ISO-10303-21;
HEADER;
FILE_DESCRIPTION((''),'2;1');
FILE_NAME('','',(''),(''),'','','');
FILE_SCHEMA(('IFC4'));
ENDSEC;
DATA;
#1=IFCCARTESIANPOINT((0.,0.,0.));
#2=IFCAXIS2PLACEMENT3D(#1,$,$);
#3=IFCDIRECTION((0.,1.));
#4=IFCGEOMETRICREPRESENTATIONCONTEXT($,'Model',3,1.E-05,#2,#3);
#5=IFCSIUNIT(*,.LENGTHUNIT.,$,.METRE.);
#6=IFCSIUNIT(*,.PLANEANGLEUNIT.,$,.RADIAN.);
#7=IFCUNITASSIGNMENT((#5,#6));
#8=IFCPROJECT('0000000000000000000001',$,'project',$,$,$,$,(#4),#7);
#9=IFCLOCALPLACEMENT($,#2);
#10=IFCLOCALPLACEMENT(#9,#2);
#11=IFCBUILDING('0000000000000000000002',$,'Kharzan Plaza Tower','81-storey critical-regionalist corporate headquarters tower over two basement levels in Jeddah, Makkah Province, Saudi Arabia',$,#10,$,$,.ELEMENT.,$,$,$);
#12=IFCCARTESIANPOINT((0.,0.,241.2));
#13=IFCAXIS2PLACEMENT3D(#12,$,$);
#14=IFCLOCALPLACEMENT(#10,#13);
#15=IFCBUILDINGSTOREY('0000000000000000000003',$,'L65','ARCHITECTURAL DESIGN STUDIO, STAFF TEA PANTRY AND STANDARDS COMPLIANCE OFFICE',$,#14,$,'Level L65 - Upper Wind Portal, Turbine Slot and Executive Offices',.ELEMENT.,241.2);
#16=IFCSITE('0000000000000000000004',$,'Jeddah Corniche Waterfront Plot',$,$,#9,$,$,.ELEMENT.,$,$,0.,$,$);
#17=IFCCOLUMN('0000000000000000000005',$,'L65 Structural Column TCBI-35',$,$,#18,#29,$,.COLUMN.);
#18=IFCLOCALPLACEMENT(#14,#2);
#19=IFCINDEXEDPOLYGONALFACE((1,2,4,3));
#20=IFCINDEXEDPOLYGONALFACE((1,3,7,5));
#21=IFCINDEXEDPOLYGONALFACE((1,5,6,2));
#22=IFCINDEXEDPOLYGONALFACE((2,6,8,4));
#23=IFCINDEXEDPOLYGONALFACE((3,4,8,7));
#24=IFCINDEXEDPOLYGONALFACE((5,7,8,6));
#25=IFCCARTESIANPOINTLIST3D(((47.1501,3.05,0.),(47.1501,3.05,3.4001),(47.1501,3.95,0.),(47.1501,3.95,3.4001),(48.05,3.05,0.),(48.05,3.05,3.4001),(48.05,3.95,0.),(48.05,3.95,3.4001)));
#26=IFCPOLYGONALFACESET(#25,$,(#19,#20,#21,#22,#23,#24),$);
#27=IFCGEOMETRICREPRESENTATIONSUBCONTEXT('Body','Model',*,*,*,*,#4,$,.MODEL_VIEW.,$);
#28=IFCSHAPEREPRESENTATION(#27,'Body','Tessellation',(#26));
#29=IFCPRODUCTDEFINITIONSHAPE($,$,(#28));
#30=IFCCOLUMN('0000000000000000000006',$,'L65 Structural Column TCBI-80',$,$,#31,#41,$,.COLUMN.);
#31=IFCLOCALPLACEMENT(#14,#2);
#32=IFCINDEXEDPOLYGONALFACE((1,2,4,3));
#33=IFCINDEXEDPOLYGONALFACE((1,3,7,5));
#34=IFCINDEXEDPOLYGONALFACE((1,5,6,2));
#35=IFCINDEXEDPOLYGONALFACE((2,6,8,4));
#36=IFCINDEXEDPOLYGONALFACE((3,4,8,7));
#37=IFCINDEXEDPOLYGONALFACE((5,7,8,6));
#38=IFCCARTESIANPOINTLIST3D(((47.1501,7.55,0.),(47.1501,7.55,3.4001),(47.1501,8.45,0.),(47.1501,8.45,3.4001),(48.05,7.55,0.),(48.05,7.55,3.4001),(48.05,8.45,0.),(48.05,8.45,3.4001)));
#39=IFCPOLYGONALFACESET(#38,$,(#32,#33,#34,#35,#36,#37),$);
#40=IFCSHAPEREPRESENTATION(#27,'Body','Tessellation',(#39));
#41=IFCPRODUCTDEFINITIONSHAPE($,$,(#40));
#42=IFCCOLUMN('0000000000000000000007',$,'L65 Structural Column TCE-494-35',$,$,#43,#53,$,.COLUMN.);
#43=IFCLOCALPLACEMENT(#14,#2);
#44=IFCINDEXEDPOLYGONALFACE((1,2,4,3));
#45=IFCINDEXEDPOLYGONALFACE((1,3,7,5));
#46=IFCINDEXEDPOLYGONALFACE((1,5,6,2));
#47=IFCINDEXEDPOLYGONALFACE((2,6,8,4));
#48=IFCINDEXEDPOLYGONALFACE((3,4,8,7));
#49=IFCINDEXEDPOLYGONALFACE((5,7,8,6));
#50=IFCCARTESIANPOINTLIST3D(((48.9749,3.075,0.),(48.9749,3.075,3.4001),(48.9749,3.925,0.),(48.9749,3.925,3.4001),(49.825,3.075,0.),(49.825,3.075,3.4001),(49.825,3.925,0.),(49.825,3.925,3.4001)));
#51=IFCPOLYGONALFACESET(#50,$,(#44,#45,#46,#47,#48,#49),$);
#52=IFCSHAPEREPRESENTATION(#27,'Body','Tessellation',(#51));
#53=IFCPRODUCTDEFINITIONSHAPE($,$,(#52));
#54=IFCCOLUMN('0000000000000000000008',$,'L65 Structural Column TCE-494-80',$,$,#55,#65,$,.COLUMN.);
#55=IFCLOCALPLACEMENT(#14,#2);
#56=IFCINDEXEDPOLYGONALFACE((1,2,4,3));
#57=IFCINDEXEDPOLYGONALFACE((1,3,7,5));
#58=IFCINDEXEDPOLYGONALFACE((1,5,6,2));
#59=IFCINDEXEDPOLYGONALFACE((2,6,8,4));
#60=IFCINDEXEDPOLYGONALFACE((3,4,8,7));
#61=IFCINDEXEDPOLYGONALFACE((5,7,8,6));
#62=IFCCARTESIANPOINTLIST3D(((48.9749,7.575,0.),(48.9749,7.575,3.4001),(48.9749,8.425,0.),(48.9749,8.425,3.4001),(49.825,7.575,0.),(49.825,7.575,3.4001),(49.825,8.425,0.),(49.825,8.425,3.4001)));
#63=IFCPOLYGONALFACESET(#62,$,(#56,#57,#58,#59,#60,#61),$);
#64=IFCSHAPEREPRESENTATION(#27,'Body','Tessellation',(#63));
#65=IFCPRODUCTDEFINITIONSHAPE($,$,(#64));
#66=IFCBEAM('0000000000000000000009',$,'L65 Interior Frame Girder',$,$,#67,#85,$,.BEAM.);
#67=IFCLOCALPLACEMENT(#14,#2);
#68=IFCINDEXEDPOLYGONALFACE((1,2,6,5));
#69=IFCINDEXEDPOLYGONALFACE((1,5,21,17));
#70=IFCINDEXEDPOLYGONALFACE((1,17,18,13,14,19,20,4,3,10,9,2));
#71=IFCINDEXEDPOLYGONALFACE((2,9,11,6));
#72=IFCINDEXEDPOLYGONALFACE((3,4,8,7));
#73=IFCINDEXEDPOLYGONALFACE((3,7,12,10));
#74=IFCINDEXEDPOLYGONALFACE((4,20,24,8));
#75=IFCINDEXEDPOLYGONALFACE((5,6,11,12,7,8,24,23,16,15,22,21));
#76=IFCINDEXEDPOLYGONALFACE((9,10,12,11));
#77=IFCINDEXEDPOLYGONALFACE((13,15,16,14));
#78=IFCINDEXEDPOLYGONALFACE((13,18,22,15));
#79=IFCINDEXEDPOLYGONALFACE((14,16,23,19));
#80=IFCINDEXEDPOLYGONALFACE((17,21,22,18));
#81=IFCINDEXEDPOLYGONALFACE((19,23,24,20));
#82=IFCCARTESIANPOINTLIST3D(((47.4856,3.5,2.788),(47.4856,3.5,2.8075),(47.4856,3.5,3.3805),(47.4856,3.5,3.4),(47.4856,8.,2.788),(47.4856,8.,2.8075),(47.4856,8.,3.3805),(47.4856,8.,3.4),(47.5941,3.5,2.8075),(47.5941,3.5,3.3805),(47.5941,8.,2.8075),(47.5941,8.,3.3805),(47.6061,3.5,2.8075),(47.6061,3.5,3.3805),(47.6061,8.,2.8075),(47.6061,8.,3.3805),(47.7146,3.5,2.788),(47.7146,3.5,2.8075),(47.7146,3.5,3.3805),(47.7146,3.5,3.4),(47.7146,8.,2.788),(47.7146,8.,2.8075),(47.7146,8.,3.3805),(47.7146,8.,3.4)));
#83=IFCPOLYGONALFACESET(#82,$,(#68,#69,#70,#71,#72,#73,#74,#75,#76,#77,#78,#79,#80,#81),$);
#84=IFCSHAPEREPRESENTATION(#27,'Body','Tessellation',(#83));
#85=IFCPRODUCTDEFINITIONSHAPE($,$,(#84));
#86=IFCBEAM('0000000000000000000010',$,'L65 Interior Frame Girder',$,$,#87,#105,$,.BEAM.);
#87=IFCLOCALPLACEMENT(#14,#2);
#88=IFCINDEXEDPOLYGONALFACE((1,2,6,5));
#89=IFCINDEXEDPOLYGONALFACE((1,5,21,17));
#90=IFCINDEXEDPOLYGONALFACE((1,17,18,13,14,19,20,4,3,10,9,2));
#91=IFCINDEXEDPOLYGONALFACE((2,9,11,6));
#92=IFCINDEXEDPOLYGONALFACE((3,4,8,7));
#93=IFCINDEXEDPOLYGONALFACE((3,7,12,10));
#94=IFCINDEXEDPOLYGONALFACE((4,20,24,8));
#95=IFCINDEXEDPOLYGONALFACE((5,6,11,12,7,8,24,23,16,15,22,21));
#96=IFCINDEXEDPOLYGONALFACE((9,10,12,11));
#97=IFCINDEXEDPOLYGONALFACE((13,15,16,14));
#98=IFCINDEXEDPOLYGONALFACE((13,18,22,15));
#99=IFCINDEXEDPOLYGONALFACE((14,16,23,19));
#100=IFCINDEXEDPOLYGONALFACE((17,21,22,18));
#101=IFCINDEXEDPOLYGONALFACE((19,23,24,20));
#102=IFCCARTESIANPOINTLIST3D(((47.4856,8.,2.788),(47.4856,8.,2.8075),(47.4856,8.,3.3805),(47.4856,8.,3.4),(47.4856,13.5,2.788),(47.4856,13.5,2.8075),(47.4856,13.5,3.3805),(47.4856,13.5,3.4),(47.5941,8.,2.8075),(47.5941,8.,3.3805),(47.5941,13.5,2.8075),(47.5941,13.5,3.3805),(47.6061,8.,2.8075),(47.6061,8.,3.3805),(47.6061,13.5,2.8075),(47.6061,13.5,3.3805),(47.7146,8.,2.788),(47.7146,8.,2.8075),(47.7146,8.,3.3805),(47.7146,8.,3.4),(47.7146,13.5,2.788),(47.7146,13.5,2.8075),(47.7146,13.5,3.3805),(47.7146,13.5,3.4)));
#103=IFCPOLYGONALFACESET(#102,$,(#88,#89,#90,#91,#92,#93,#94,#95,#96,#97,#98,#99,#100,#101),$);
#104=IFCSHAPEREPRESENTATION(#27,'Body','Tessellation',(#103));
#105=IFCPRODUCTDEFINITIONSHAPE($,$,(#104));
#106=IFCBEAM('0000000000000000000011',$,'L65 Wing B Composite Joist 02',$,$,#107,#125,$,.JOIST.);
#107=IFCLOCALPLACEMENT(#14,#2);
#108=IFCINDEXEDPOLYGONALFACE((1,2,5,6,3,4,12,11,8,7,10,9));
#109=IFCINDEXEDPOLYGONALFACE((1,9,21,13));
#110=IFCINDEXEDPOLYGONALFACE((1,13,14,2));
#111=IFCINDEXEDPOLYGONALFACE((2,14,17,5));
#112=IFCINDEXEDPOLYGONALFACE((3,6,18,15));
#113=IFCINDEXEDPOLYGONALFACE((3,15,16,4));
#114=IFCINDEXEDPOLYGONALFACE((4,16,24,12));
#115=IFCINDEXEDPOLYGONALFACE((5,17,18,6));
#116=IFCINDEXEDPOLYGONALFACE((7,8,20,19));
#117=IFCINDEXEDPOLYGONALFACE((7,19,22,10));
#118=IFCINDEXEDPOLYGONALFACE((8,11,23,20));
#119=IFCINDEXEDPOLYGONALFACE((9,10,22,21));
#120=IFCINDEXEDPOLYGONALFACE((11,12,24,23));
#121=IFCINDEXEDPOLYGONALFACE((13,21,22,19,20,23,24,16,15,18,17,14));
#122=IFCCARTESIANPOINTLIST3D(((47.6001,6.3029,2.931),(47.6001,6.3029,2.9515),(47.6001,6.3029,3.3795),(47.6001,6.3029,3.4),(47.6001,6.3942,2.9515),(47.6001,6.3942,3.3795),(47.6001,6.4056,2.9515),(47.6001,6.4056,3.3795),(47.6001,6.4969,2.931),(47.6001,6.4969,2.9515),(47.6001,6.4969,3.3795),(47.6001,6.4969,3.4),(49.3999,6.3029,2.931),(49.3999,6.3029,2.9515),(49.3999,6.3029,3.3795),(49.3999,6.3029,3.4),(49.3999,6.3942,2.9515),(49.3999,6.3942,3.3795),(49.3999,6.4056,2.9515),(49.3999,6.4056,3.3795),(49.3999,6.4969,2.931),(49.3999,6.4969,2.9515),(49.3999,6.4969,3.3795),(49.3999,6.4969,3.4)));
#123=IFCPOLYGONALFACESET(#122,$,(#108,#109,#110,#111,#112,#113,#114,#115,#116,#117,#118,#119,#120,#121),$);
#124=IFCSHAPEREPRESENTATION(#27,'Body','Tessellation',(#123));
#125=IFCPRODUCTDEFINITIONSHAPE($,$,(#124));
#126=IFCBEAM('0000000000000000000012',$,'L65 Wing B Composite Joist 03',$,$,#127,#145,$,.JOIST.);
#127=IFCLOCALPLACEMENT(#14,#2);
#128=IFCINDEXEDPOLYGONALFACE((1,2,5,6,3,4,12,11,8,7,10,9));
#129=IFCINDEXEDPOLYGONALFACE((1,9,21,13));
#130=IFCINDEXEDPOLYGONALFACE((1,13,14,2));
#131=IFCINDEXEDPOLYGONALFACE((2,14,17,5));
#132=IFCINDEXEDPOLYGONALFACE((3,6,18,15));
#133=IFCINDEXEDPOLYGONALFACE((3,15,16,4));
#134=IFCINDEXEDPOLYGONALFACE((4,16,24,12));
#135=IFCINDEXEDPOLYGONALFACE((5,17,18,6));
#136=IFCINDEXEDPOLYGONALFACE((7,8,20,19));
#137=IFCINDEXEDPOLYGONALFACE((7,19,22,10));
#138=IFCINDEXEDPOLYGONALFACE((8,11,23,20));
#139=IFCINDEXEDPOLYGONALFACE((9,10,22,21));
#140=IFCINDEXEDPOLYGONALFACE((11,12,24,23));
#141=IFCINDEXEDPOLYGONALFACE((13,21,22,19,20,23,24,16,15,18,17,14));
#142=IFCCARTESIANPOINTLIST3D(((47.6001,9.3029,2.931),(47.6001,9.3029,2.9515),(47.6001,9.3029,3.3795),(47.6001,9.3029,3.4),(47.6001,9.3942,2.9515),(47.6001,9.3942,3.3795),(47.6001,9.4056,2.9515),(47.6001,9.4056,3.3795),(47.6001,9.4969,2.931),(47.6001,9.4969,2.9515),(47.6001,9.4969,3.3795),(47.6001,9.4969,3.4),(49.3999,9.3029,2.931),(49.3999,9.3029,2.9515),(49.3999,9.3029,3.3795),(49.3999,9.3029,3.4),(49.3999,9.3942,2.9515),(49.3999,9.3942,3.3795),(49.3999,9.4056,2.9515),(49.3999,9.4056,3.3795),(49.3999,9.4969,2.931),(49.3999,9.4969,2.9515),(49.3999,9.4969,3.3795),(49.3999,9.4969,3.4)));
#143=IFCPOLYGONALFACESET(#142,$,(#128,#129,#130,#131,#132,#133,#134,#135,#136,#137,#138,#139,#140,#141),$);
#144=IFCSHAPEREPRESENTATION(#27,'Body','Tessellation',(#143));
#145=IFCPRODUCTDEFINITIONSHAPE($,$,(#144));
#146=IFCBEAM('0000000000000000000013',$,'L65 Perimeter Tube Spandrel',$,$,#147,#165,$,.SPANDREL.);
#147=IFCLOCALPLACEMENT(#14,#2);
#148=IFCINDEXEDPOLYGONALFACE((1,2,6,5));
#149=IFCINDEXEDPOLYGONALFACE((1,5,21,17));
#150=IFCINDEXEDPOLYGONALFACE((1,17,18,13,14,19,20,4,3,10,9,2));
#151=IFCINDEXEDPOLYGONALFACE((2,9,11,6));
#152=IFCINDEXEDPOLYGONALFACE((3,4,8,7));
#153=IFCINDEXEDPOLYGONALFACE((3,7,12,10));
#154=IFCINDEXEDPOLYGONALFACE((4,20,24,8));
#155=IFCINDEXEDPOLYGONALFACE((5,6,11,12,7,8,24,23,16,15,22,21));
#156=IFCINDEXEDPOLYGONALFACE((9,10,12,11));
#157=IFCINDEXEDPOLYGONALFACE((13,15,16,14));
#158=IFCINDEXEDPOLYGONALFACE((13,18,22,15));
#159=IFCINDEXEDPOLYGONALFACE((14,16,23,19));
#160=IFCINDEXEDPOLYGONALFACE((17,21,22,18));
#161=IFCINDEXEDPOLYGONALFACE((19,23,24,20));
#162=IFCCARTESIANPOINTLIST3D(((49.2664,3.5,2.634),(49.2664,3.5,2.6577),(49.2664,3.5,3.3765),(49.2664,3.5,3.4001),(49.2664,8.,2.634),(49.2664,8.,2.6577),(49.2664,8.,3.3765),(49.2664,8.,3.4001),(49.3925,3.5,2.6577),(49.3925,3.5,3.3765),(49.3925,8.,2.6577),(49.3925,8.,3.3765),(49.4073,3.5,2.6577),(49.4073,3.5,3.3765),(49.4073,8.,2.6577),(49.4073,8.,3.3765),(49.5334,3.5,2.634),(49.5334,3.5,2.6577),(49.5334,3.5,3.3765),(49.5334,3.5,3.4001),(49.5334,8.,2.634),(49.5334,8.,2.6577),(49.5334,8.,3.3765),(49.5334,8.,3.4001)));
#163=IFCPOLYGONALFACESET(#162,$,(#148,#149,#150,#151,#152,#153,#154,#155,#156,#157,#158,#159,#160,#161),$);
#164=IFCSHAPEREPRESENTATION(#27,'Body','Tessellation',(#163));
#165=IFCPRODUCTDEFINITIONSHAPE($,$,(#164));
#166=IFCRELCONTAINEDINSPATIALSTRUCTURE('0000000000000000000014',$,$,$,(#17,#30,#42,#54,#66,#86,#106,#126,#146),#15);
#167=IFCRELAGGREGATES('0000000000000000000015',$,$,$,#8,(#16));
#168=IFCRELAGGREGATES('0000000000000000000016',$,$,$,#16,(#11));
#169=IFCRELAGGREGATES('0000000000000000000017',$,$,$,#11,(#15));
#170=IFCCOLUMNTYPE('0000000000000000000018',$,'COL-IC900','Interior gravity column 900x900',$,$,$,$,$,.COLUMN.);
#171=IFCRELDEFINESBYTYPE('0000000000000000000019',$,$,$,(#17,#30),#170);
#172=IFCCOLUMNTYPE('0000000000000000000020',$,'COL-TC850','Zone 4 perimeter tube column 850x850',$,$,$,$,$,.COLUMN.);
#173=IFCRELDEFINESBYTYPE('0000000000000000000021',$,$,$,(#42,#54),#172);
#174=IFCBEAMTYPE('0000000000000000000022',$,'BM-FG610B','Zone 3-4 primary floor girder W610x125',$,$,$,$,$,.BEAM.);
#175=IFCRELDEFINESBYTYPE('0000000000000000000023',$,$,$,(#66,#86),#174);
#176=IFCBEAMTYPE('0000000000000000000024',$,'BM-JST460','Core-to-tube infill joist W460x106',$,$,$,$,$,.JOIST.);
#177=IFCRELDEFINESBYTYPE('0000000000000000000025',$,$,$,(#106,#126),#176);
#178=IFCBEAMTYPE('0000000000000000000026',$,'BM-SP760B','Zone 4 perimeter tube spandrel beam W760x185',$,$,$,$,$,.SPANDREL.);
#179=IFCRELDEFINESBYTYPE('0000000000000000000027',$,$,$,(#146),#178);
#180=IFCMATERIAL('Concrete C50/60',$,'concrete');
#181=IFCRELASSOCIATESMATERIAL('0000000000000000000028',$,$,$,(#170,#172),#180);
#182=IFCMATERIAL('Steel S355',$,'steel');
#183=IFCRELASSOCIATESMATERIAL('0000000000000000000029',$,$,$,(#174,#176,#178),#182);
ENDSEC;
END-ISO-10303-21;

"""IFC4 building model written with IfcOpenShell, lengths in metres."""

from ifc_helpers import new_model, si_unit, direction, frame, origin, origin_2d, place, context, subcontext, project, spatial, rectangle, i_section, extrude, source, transform, mapped, material, material_profile, profile_set, type_object, element, save


model = new_model("IFC4")

# Units and contexts
model_context = context("Model", 3, precision=1e-05, world=origin(), true_north=direction((0.0, 1.0)))
body_context = subcontext(model_context, "Body", "Model", "MODEL_VIEW")
ifc_project = project(units=[si_unit("LENGTHUNIT", "METRE"), si_unit("PLANEANGLEUNIT", "RADIAN")], contexts=[model_context])

# Site, building, storey
site_placement = place(None, origin())
site = spatial("IfcSite", under=ifc_project, at=site_placement, Name="Jeddah Corniche Waterfront Plot", CompositionType="ELEMENT", RefElevation=0.0)
building_placement = place(site_placement, origin())
building = spatial("IfcBuilding", under=site, at=building_placement, Name="Kharzan Plaza Tower", Description="81-storey critical-regionalist corporate headquarters tower over two basement levels in Jeddah, Makkah Province, Saudi Arabia", CompositionType="ELEMENT")
storey_placement = place(building_placement, frame((0.0, 0.0, 241.2)))
storey = spatial("IfcBuildingStorey", under=building, at=storey_placement, Name="L65", Description="ARCHITECTURAL DESIGN STUDIO, STAFF TEA PANTRY AND STANDARDS COMPLIANCE OFFICE", LongName="Level L65 - Upper Wind Portal, Turbine Slot and Executive Offices", CompositionType="ELEMENT", Elevation=241.2)

# Columns
ifc_material_1 = material(Name="Concrete C50/60", Category="concrete")
ifc_material_profile_1 = material_profile(ifc_material_1, rectangle(XDim=0.8999, YDim=0.8999, at=origin_2d()), Name="RC-IC900x900")
ifc_profile_set_1 = profile_set([ifc_material_profile_1], Name="Concrete C50/60")
column_type_1 = type_object("IfcColumnType", Name="COL-IC900", Description="Interior gravity column 900x900", PredefinedType="COLUMN", material=ifc_profile_set_1)
shared_shape_1 = source(origin(), body_context, "Body", "SweptSolid", [
    extrude(rectangle(XDim=0.8999, YDim=0.8999, at=origin_2d()), origin(), (0.0, 0.0, 1.0), 3.4001),
])
for number, where, z_axis, x_axis, name in (
    (1, (47.6001, 3.5, 0.0), (0.0, 0.0, 1.0), (1.0, 0.0, 0.0), "L65 Structural Column TCBI-35"),
    (2, (47.6001, 8.0, 0.0), (0.0, 0.0, 1.0), (1.0, 0.0, 0.0), "L65 Structural Column TCBI-80"),
):
    element("IfcColumn", number, at=place(storey_placement, frame(where, z_axis=z_axis, x_axis=x_axis)), inside=storey, type_object=column_type_1, Name=name, PredefinedType="COLUMN", context=body_context, shape_type="MappedRepresentation", body=[
        mapped(shared_shape_1, transform((0.0, 0.0, 0.0), x_axis=(1.0, 0.0, 0.0), y_axis=(0.0, 1.0, 0.0), z_axis=(0.0, 0.0, 1.0))),
    ])
ifc_material_profile_2 = material_profile(ifc_material_1, rectangle(XDim=0.8501, YDim=0.8501, at=origin_2d()), Name="RC-TC850x850")
ifc_profile_set_2 = profile_set([ifc_material_profile_2], Name="Concrete C50/60")
column_type_2 = type_object("IfcColumnType", Name="COL-TC850", Description="Zone 4 perimeter tube column 850x850", PredefinedType="COLUMN", material=ifc_profile_set_2)
shared_shape_2 = source(origin(), body_context, "Body", "SweptSolid", [
    extrude(rectangle(XDim=0.8501, YDim=0.8501, at=origin_2d()), origin(), (0.0, 0.0, 1.0), 3.4001),
])
for number, where, z_axis, x_axis, name in (
    (3, (49.3999, 3.5, 0.0), (0.0, 0.0, 1.0), (1.0, 0.0, 0.0), "L65 Structural Column TCE-494-35"),
    (4, (49.3999, 8.0, 0.0), (0.0, 0.0, 1.0), (1.0, 0.0, 0.0), "L65 Structural Column TCE-494-80"),
):
    element("IfcColumn", number, at=place(storey_placement, frame(where, z_axis=z_axis, x_axis=x_axis)), inside=storey, type_object=column_type_2, Name=name, PredefinedType="COLUMN", context=body_context, shape_type="MappedRepresentation", body=[
        mapped(shared_shape_2, transform((0.0, 0.0, 0.0), x_axis=(1.0, 0.0, 0.0), y_axis=(0.0, 1.0, 0.0), z_axis=(0.0, 0.0, 1.0))),
    ])

# Beams
ifc_material_2 = material(Name="Steel S355", Category="steel")
ifc_material_profile_3 = material_profile(ifc_material_2, i_section(OverallWidth=0.229, OverallDepth=0.6121, WebThickness=0.012, FlangeThickness=0.0195, at=origin_2d()), Name="W610x125")
ifc_profile_set_3 = profile_set([ifc_material_profile_3], Name="Steel S355")
beam_type_1 = type_object("IfcBeamType", Name="BM-FG610B", Description="Zone 3-4 primary floor girder W610x125", PredefinedType="BEAM", material=ifc_profile_set_3)
shared_shape_3 = source(origin(), body_context, "Body", "SweptSolid", [
    extrude(i_section(OverallWidth=0.229, OverallDepth=0.6121, WebThickness=0.012, FlangeThickness=0.0195, at=origin_2d()), origin(), (0.0, 0.0, 1.0), 4.5),
])
beam_1_placement = place(storey_placement, frame((47.6001, 3.5, 3.094), z_axis=(0.0, 1.0, 0.0), x_axis=(-1.0, 0.0, 0.0)))
element("IfcBeam", 5, at=beam_1_placement, inside=storey, type_object=beam_type_1, Name="L65 Interior Frame Girder", PredefinedType="BEAM", context=body_context, shape_type="MappedRepresentation", body=[
    mapped(shared_shape_3, transform((0.0, 0.0, 0.0), x_axis=(1.0, 0.0, 0.0), y_axis=(0.0, 1.0, 0.0), z_axis=(0.0, 0.0, 1.0))),
])
shared_shape_4 = source(origin(), body_context, "Body", "SweptSolid", [
    extrude(i_section(OverallWidth=0.229, OverallDepth=0.6121, WebThickness=0.012, FlangeThickness=0.0195, at=origin_2d()), origin(), (0.0, 0.0, 1.0), 5.5),
])
beam_2_placement = place(storey_placement, frame((47.6001, 8.0, 3.094), z_axis=(0.0, 1.0, 0.0), x_axis=(-1.0, 0.0, 0.0)))
element("IfcBeam", 6, at=beam_2_placement, inside=storey, type_object=beam_type_1, Name="L65 Interior Frame Girder", PredefinedType="BEAM", context=body_context, shape_type="MappedRepresentation", body=[
    mapped(shared_shape_4, transform((0.0, 0.0, 0.0), x_axis=(1.0, 0.0, 0.0), y_axis=(0.0, 1.0, 0.0), z_axis=(0.0, 0.0, 1.0))),
])
ifc_material_profile_4 = material_profile(ifc_material_2, i_section(OverallWidth=0.1941, OverallDepth=0.469, WebThickness=0.0115, FlangeThickness=0.0205, at=origin_2d()), Name="W460x106")
ifc_profile_set_4 = profile_set([ifc_material_profile_4], Name="Steel S355")
beam_type_2 = type_object("IfcBeamType", Name="BM-JST460", Description="Core-to-tube infill joist W460x106", PredefinedType="JOIST", material=ifc_profile_set_4)
shared_shape_5 = source(origin(), body_context, "Body", "SweptSolid", [
    extrude(i_section(OverallWidth=0.1941, OverallDepth=0.469, WebThickness=0.0115, FlangeThickness=0.0205, at=origin_2d()), origin(), (0.0, 0.0, 1.0), 1.7998),
])
for number, where, z_axis, x_axis, name in (
    (7, (47.6001, 6.3999, 3.1655), (1.0, 0.0, 0.0), (0.0, 1.0, 0.0), "L65 Wing B Composite Joist 02"),
    (8, (47.6001, 9.3999, 3.1655), (1.0, 0.0, 0.0), (0.0, 1.0, 0.0), "L65 Wing B Composite Joist 03"),
):
    element("IfcBeam", number, at=place(storey_placement, frame(where, z_axis=z_axis, x_axis=x_axis)), inside=storey, type_object=beam_type_2, Name=name, PredefinedType="JOIST", context=body_context, shape_type="MappedRepresentation", body=[
        mapped(shared_shape_5, transform((0.0, 0.0, 0.0), x_axis=(1.0, 0.0, 0.0), y_axis=(0.0, 1.0, 0.0), z_axis=(0.0, 0.0, 1.0))),
    ])
ifc_material_profile_5 = material_profile(ifc_material_2, i_section(OverallWidth=0.2671, OverallDepth=0.7661, WebThickness=0.0149, FlangeThickness=0.0237, at=origin_2d()), Name="W760x185")
ifc_profile_set_5 = profile_set([ifc_material_profile_5], Name="Steel S355")
beam_type_3 = type_object("IfcBeamType", Name="BM-SP760B", Description="Zone 4 perimeter tube spandrel beam W760x185", PredefinedType="SPANDREL", material=ifc_profile_set_5)
shared_shape_6 = source(origin(), body_context, "Body", "SweptSolid", [
    extrude(i_section(OverallWidth=0.2671, OverallDepth=0.7661, WebThickness=0.0149, FlangeThickness=0.0237, at=origin_2d()), origin(), (0.0, 0.0, 1.0), 4.5),
])
beam_3_placement = place(storey_placement, frame((49.3999, 3.5, 3.0171), z_axis=(0.0, 1.0, 0.0), x_axis=(-1.0, 0.0, 0.0)))
element("IfcBeam", 9, at=beam_3_placement, inside=storey, type_object=beam_type_3, Name="L65 Perimeter Tube Spandrel", PredefinedType="SPANDREL", context=body_context, shape_type="MappedRepresentation", body=[
    mapped(shared_shape_6, transform((0.0, 0.0, 0.0), x_axis=(1.0, 0.0, 0.0), y_axis=(0.0, 1.0, 0.0), z_axis=(0.0, 0.0, 1.0))),
])

save(model, "model.ifc")
